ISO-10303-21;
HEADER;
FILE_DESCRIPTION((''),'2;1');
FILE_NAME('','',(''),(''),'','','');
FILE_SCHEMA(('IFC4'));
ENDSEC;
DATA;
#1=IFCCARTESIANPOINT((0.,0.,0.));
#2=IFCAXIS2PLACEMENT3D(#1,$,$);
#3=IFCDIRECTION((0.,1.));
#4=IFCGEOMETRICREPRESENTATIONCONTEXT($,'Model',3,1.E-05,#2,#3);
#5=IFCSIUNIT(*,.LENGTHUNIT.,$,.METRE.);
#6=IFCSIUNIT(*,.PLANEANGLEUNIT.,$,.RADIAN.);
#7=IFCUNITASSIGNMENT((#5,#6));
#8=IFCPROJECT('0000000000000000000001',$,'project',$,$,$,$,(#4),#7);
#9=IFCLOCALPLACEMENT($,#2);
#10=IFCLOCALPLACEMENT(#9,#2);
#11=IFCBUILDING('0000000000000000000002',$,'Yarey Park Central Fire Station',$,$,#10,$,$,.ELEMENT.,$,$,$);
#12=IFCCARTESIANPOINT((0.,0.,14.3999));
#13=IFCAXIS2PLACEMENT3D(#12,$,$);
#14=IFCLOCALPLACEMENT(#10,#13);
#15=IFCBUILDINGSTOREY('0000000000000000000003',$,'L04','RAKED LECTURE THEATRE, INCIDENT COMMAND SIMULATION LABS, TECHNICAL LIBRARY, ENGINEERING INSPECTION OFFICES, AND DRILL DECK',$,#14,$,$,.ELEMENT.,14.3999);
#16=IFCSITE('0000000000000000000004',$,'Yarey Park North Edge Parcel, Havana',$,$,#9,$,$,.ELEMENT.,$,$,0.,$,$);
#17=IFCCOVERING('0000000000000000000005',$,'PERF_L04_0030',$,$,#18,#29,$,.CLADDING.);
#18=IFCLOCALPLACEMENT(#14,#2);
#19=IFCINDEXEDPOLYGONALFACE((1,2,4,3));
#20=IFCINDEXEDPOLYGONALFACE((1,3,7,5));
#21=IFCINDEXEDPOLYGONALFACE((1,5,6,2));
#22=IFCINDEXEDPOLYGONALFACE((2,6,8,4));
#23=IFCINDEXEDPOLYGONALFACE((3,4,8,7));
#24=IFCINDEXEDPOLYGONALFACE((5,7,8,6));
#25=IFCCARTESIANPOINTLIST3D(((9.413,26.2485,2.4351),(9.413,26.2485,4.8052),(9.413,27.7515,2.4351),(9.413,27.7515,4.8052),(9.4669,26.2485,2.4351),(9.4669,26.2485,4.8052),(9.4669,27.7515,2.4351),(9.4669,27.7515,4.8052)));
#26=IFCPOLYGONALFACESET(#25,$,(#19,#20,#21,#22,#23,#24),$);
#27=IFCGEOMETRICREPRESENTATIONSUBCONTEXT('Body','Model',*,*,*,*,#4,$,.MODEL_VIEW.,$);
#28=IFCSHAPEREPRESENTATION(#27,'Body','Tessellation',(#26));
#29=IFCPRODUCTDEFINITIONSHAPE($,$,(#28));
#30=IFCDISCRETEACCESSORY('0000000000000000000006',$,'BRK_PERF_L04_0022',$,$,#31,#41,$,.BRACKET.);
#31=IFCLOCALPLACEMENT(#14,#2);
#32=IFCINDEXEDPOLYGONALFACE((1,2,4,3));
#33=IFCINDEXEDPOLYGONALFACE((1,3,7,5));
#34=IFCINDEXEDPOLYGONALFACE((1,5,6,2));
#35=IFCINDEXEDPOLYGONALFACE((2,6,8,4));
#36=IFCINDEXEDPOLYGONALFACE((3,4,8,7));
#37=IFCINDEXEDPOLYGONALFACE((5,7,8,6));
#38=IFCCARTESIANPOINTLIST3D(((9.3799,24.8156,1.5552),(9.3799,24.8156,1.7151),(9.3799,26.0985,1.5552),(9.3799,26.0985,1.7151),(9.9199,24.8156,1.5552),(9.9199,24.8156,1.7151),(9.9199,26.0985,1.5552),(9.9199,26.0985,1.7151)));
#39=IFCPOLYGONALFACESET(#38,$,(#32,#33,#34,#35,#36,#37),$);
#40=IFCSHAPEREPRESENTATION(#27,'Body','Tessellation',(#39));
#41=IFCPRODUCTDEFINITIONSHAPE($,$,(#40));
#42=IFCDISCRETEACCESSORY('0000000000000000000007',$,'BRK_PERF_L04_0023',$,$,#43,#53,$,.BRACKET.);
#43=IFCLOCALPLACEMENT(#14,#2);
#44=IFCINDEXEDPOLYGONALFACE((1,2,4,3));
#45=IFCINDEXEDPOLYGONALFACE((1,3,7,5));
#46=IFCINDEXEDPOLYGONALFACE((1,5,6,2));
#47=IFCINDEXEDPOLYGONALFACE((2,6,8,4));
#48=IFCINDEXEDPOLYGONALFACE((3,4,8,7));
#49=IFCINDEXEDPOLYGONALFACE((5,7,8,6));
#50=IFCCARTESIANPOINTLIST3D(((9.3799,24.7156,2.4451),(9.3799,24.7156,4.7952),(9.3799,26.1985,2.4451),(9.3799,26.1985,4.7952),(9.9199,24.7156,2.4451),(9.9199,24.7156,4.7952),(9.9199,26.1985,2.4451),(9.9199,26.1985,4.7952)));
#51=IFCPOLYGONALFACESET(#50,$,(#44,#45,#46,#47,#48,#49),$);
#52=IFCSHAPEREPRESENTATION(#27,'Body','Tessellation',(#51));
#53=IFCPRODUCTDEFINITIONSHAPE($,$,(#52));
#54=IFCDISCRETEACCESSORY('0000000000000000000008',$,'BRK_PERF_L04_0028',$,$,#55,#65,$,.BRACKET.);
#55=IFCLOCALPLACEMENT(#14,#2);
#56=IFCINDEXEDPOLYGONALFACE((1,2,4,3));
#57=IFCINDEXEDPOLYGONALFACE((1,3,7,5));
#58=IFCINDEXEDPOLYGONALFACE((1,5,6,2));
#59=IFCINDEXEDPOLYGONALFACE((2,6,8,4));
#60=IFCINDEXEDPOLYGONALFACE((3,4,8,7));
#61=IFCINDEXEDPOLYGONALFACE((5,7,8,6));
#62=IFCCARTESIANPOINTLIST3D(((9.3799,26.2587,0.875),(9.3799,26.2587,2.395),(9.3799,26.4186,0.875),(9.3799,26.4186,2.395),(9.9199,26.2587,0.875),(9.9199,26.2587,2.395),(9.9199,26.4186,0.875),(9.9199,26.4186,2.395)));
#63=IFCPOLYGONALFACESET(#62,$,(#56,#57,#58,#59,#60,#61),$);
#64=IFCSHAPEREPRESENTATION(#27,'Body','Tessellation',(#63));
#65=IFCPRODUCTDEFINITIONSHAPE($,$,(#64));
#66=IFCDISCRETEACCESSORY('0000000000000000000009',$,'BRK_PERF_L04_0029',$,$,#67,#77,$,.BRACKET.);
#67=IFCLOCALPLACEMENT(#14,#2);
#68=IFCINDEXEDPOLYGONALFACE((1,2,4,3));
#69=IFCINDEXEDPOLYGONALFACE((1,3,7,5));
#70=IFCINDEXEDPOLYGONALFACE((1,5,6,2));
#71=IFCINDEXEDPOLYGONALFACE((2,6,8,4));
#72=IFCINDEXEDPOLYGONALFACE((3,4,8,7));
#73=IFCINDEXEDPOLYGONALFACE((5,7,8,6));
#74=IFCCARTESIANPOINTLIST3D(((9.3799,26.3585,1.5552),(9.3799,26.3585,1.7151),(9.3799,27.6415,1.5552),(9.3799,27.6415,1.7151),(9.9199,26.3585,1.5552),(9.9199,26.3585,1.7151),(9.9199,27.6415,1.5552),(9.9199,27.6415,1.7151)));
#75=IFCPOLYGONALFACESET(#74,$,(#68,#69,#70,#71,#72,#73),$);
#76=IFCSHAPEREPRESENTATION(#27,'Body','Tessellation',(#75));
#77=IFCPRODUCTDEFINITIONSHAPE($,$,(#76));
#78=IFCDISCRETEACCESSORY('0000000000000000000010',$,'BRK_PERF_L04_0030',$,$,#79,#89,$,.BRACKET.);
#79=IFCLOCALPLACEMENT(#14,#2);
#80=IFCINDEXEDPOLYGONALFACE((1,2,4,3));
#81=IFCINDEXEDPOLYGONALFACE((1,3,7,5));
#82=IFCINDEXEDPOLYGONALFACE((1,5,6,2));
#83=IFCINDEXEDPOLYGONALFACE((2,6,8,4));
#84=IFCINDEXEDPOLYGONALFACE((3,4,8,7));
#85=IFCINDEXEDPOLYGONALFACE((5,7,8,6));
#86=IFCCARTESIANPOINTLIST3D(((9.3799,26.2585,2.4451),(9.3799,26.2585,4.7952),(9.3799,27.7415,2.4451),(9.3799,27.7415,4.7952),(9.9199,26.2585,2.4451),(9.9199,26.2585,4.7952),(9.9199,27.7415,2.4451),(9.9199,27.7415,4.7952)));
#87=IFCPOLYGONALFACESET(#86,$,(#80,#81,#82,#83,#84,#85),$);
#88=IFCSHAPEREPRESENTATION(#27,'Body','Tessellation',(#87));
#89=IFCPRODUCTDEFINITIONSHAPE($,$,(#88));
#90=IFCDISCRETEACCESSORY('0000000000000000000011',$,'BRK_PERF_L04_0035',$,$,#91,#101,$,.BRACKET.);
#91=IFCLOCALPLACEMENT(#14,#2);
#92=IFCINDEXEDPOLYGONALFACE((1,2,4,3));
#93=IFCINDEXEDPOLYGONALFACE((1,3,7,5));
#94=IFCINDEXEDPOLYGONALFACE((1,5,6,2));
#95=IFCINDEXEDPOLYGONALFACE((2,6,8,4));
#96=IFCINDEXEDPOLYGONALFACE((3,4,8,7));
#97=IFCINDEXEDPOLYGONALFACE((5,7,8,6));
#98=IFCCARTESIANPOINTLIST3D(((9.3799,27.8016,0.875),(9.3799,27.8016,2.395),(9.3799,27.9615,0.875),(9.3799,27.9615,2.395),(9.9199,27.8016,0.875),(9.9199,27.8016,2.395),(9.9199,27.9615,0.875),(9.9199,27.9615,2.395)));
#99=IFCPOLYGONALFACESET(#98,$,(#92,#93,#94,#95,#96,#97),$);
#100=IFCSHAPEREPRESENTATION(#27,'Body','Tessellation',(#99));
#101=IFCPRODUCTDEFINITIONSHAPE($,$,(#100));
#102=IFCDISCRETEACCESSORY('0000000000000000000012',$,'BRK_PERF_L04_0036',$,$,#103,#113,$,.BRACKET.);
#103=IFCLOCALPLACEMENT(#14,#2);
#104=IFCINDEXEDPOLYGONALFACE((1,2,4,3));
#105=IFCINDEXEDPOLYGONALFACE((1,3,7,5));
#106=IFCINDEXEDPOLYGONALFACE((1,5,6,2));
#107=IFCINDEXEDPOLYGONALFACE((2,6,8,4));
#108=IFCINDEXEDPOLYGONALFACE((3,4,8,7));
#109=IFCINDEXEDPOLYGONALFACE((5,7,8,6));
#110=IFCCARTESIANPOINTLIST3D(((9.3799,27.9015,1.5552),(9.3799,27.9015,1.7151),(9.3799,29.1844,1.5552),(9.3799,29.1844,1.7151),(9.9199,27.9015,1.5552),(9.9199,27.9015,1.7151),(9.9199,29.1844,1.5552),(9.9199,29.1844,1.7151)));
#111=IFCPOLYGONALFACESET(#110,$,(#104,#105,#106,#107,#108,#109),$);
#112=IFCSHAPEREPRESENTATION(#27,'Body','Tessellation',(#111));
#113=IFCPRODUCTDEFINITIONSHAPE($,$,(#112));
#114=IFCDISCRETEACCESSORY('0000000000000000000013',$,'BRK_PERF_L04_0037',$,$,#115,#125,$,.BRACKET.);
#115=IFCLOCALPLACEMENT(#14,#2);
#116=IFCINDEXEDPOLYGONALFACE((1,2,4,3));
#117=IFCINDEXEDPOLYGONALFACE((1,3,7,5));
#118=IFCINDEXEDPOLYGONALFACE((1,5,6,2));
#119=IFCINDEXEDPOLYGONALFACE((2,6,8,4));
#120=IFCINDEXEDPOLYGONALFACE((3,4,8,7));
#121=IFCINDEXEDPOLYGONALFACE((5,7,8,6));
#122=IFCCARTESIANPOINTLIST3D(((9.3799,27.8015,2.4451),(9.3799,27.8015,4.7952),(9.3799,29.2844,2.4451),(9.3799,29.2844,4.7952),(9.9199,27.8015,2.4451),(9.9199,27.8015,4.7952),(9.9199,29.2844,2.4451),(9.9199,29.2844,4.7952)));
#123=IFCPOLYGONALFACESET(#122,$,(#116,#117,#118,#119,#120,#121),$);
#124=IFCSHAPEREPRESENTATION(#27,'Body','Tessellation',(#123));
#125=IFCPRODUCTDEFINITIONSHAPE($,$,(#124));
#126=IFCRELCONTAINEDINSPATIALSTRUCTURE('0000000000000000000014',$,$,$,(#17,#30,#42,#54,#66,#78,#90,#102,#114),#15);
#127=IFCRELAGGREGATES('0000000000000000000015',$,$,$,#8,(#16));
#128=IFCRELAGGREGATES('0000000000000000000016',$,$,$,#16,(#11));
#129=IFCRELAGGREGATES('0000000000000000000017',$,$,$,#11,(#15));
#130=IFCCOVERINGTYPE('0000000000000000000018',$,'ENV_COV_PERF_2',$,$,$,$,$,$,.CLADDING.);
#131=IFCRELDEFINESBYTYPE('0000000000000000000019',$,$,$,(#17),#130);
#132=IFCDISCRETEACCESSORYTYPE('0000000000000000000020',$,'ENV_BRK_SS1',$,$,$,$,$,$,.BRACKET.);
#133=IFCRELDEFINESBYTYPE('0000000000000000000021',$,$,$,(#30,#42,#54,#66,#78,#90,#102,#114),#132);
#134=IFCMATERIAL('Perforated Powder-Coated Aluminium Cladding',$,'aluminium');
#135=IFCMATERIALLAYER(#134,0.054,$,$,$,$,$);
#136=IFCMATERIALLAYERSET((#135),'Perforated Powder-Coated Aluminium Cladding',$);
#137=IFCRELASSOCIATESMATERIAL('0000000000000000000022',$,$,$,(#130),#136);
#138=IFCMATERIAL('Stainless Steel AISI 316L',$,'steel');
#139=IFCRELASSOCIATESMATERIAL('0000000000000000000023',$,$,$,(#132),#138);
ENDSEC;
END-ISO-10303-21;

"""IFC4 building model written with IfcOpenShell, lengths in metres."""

from ifc_helpers import new_model, si_unit, direction, frame, origin, origin_2d, place, context, subcontext, project, spatial, rectangle, extrude, material, layer, layer_set, type_object, element, save


model = new_model("IFC4")

# Units and contexts
model_context = context("Model", 3, precision=1e-05, world=origin(), true_north=direction((0.0, 1.0)))
body_context = subcontext(model_context, "Body", "Model", "MODEL_VIEW")
ifc_project = project(units=[si_unit("LENGTHUNIT", "METRE"), si_unit("PLANEANGLEUNIT", "RADIAN")], contexts=[model_context])

# Site, building, storey
site_placement = place(None, origin())
site = spatial("IfcSite", under=ifc_project, at=site_placement, Name="Yarey Park North Edge Parcel, Havana", CompositionType="ELEMENT", RefElevation=0.0)
building_placement = place(site_placement, origin())
building = spatial("IfcBuilding", under=site, at=building_placement, Name="Yarey Park Central Fire Station", CompositionType="ELEMENT")
storey_placement = place(building_placement, frame((0.0, 0.0, 14.3999)))
storey = spatial("IfcBuildingStorey", under=building, at=storey_placement, Name="L04", Description="RAKED LECTURE THEATRE, INCIDENT COMMAND SIMULATION LABS, TECHNICAL LIBRARY, ENGINEERING INSPECTION OFFICES, AND DRILL DECK", CompositionType="ELEMENT", Elevation=14.3999)

# Covering
ifc_material_1 = material(Name="Perforated Powder-Coated Aluminium Cladding", Category="aluminium")
ifc_layer_1 = layer(ifc_material_1, 0.054)
ifc_layer_set_1 = layer_set([ifc_layer_1], Name="Perforated Powder-Coated Aluminium Cladding")
covering_type_1 = type_object("IfcCoveringType", Name="ENV_COV_PERF_2", PredefinedType="CLADDING", material=ifc_layer_set_1)
covering_1_placement = place(storey_placement, frame((9.4399, 27.0, 2.4351), z_axis=(0.0, 0.0, 1.0), x_axis=(0.0, 1.0, 0.0)))
element("IfcCovering", 1, at=covering_1_placement, inside=storey, type_object=covering_type_1, Name="PERF_L04_0030", PredefinedType="CLADDING", context=body_context, shape_type="SweptSolid", body=[
    extrude(rectangle(XDim=1.5029, YDim=0.054, at=origin_2d()), origin(), (0.0, 0.0, 1.0), 2.3701),
])

# Discrete accessories
ifc_material_2 = material(Name="Stainless Steel AISI 316L", Category="steel")
discrete_accessory_type = type_object("IfcDiscreteAccessoryType", Name="ENV_BRK_SS1", PredefinedType="BRACKET", material=ifc_material_2)
discrete_accessory_1_placement = place(storey_placement, frame((9.6499, 25.457, 1.5552), z_axis=(0.0, 0.0, 1.0), x_axis=(1.0, 0.0, 0.0)))
element("IfcDiscreteAccessory", 2, at=discrete_accessory_1_placement, inside=storey, type_object=discrete_accessory_type, Name="BRK_PERF_L04_0022", PredefinedType="BRACKET", context=body_context, shape_type="SweptSolid", body=[
    extrude(rectangle(XDim=0.54, YDim=1.283, at=origin_2d()), origin(), (0.0, 0.0, 1.0), 0.1599),
])
discrete_accessory_2_placement = place(storey_placement, frame((9.6499, 25.457, 2.4451), z_axis=(0.0, 0.0, 1.0), x_axis=(1.0, 0.0, 0.0)))
element("IfcDiscreteAccessory", 3, at=discrete_accessory_2_placement, inside=storey, type_object=discrete_accessory_type, Name="BRK_PERF_L04_0023", PredefinedType="BRACKET", context=body_context, shape_type="SweptSolid", body=[
    extrude(rectangle(XDim=0.54, YDim=1.4829, at=origin_2d()), origin(), (0.0, 0.0, 1.0), 2.3501),
])
discrete_accessory_3_placement = place(storey_placement, frame((9.6499, 26.3386, 0.875), z_axis=(0.0, 0.0, 1.0), x_axis=(1.0, 0.0, 0.0)))
element("IfcDiscreteAccessory", 4, at=discrete_accessory_3_placement, inside=storey, type_object=discrete_accessory_type, Name="BRK_PERF_L04_0028", PredefinedType="BRACKET", context=body_context, shape_type="SweptSolid", body=[
    extrude(rectangle(XDim=0.54, YDim=0.1599, at=origin_2d()), origin(), (0.0, 0.0, 1.0), 1.52),
])
discrete_accessory_4_placement = place(storey_placement, frame((9.6499, 27.0, 1.5552), z_axis=(0.0, 0.0, 1.0), x_axis=(1.0, 0.0, 0.0)))
element("IfcDiscreteAccessory", 5, at=discrete_accessory_4_placement, inside=storey, type_object=discrete_accessory_type, Name="BRK_PERF_L04_0029", PredefinedType="BRACKET", context=body_context, shape_type="SweptSolid", body=[
    extrude(rectangle(XDim=0.54, YDim=1.283, at=origin_2d()), origin(), (0.0, 0.0, 1.0), 0.1599),
])
discrete_accessory_5_placement = place(storey_placement, frame((9.6499, 27.0, 2.4451), z_axis=(0.0, 0.0, 1.0), x_axis=(1.0, 0.0, 0.0)))
element("IfcDiscreteAccessory", 6, at=discrete_accessory_5_placement, inside=storey, type_object=discrete_accessory_type, Name="BRK_PERF_L04_0030", PredefinedType="BRACKET", context=body_context, shape_type="SweptSolid", body=[
    extrude(rectangle(XDim=0.54, YDim=1.4829, at=origin_2d()), origin(), (0.0, 0.0, 1.0), 2.3501),
])
discrete_accessory_6_placement = place(storey_placement, frame((9.6499, 27.8816, 0.875), z_axis=(0.0, 0.0, 1.0), x_axis=(1.0, 0.0, 0.0)))
element("IfcDiscreteAccessory", 7, at=discrete_accessory_6_placement, inside=storey, type_object=discrete_accessory_type, Name="BRK_PERF_L04_0035", PredefinedType="BRACKET", context=body_context, shape_type="SweptSolid", body=[
    extrude(rectangle(XDim=0.54, YDim=0.1599, at=origin_2d()), origin(), (0.0, 0.0, 1.0), 1.52),
])
discrete_accessory_7_placement = place(storey_placement, frame((9.6499, 28.543, 1.5552), z_axis=(0.0, 0.0, 1.0), x_axis=(1.0, 0.0, 0.0)))
element("IfcDiscreteAccessory", 8, at=discrete_accessory_7_placement, inside=storey, type_object=discrete_accessory_type, Name="BRK_PERF_L04_0036", PredefinedType="BRACKET", context=body_context, shape_type="SweptSolid", body=[
    extrude(rectangle(XDim=0.54, YDim=1.283, at=origin_2d()), origin(), (0.0, 0.0, 1.0), 0.1599),
])
discrete_accessory_8_placement = place(storey_placement, frame((9.6499, 28.543, 2.4451), z_axis=(0.0, 0.0, 1.0), x_axis=(1.0, 0.0, 0.0)))
element("IfcDiscreteAccessory", 9, at=discrete_accessory_8_placement, inside=storey, type_object=discrete_accessory_type, Name="BRK_PERF_L04_0037", PredefinedType="BRACKET", context=body_context, shape_type="SweptSolid", body=[
    extrude(rectangle(XDim=0.54, YDim=1.4829, at=origin_2d()), origin(), (0.0, 0.0, 1.0), 2.3501),
])

save(model, "model.ifc")
